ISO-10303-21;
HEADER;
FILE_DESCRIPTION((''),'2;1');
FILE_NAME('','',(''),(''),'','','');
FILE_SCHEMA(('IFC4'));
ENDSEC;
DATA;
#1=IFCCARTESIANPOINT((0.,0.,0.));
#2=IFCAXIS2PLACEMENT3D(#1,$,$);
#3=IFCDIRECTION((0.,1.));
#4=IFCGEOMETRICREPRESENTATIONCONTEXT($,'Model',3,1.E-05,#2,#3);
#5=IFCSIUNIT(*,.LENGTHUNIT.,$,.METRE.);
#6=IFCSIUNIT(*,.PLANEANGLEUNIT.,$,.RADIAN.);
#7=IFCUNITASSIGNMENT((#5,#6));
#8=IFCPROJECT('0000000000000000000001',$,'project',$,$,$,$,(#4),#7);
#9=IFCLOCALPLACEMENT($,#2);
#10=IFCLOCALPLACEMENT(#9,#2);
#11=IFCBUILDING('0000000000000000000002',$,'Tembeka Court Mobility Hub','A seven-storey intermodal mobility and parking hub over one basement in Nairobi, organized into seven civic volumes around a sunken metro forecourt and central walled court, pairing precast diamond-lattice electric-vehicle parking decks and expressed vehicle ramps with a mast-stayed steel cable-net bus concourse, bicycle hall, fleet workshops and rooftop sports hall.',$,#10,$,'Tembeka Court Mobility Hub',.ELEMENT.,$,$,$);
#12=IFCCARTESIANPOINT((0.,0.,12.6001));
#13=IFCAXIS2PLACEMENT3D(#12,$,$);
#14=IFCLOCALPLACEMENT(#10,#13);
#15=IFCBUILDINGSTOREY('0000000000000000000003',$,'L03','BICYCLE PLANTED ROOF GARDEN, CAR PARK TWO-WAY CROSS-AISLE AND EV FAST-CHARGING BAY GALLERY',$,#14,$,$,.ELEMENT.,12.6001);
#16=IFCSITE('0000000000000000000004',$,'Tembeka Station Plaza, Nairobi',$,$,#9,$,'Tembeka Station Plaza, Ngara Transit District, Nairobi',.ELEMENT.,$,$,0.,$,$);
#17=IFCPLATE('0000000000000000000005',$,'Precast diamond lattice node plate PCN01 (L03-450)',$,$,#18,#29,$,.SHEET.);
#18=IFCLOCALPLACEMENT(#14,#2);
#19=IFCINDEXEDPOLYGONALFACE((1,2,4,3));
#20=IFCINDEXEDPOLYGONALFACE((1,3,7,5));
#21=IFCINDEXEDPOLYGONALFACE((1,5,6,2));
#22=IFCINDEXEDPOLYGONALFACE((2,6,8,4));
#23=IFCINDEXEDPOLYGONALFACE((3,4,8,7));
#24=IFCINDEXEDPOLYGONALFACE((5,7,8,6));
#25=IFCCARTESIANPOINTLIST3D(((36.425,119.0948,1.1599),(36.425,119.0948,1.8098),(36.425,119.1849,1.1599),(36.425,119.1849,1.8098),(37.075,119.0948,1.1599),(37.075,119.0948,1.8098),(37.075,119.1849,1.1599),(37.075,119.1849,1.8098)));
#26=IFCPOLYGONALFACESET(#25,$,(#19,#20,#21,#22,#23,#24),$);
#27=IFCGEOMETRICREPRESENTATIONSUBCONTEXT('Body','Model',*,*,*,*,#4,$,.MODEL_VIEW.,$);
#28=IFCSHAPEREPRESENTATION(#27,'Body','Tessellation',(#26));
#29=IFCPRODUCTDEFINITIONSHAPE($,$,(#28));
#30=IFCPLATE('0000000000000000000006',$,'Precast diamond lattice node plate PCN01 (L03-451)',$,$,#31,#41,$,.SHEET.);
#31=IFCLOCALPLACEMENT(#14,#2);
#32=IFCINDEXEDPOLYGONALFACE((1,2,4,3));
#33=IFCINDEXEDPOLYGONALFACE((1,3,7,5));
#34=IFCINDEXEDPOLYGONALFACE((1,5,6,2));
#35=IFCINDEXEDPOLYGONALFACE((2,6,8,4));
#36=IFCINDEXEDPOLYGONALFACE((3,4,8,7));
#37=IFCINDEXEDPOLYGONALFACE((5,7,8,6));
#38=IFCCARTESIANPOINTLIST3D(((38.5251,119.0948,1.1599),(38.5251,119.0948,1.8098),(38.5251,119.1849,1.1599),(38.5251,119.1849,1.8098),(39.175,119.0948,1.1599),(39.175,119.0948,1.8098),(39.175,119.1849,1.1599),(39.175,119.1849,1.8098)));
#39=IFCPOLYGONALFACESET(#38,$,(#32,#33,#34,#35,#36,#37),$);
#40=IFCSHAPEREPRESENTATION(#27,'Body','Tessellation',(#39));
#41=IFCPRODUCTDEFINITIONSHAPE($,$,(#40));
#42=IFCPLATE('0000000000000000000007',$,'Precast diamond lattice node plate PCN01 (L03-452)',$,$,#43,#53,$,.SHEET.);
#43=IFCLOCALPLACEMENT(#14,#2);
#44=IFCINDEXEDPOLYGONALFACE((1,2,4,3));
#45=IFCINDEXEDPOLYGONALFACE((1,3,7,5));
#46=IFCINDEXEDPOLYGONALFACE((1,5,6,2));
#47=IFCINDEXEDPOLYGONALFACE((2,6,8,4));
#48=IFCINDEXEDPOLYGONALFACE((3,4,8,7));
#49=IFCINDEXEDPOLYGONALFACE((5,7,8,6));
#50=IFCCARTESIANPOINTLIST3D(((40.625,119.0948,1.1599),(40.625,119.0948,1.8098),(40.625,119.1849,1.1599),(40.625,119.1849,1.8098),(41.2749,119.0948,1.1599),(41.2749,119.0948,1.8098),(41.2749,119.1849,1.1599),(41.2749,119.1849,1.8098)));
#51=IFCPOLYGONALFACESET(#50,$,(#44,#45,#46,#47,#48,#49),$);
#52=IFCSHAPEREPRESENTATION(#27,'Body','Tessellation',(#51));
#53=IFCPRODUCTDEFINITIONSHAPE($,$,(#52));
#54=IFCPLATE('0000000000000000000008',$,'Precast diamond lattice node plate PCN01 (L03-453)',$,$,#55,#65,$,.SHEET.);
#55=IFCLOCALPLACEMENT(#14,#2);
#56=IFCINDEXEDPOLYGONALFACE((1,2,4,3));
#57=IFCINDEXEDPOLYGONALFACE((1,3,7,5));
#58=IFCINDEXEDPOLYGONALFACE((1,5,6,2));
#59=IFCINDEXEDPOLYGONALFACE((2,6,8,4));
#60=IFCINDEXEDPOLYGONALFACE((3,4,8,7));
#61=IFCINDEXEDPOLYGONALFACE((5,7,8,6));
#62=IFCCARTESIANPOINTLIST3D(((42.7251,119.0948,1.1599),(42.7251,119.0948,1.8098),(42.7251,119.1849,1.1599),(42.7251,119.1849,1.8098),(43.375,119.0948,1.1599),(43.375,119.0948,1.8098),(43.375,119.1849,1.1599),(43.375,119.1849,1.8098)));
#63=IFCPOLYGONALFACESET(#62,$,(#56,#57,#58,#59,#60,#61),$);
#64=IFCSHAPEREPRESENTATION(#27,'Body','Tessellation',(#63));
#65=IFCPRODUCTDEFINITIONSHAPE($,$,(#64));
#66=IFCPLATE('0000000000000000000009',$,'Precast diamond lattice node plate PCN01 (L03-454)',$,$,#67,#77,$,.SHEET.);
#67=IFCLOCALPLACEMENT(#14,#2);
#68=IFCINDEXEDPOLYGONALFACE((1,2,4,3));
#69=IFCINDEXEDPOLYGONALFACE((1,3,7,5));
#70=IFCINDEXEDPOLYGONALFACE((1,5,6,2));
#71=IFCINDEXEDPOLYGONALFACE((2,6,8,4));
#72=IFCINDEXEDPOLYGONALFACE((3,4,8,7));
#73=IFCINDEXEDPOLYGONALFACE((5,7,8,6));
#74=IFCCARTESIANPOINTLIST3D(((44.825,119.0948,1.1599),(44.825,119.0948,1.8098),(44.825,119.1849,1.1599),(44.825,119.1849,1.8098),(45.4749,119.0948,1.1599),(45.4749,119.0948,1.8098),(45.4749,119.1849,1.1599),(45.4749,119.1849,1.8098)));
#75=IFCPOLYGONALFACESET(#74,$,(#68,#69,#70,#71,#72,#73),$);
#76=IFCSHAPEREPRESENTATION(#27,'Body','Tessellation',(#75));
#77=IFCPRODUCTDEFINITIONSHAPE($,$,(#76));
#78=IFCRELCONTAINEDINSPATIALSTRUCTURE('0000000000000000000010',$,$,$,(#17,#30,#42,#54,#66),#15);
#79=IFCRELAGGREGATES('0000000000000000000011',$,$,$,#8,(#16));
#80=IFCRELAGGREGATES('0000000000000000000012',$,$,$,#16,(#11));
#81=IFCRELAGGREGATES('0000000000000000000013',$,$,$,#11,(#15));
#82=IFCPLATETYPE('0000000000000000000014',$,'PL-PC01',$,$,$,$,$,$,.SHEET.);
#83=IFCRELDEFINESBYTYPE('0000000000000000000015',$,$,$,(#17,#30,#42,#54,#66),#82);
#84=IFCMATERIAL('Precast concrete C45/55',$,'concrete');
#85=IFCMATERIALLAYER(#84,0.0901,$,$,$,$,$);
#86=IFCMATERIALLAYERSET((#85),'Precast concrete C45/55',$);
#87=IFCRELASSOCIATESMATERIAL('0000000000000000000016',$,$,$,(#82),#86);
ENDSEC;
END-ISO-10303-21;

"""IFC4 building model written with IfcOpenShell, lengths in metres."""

from ifc_helpers import new_model, si_unit, direction, frame, origin, origin_2d, place, context, subcontext, project, spatial, rectangle, extrude, material, layer, layer_set, type_object, element, save


model = new_model("IFC4")

# Units and contexts
model_context = context("Model", 3, precision=1e-05, world=origin(), true_north=direction((0.0, 1.0)))
body_context = subcontext(model_context, "Body", "Model", "MODEL_VIEW")
ifc_project = project(units=[si_unit("LENGTHUNIT", "METRE"), si_unit("PLANEANGLEUNIT", "RADIAN")], contexts=[model_context])

# Site, building, storey
site_placement = place(None, origin())
site = spatial("IfcSite", under=ifc_project, at=site_placement, Name="Tembeka Station Plaza, Nairobi", LongName="Tembeka Station Plaza, Ngara Transit District, Nairobi", CompositionType="ELEMENT", RefElevation=0.0)
building_placement = place(site_placement, origin())
building = spatial("IfcBuilding", under=site, at=building_placement, Name="Tembeka Court Mobility Hub", Description="A seven-storey intermodal mobility and parking hub over one basement in Nairobi, organized into seven civic volumes around a sunken metro forecourt and central walled court, pairing precast diamond-lattice electric-vehicle parking decks and expressed vehicle ramps with a mast-stayed steel cable-net bus concourse, bicycle hall, fleet workshops and rooftop sports hall.", LongName="Tembeka Court Mobility Hub", CompositionType="ELEMENT")
storey_placement = place(building_placement, frame((0.0, 0.0, 12.6001)))
storey = spatial("IfcBuildingStorey", under=building, at=storey_placement, Name="L03", Description="BICYCLE PLANTED ROOF GARDEN, CAR PARK TWO-WAY CROSS-AISLE AND EV FAST-CHARGING BAY GALLERY", CompositionType="ELEMENT", Elevation=12.6001)

# Shared definitions
ifc_material = material(Name="Precast concrete C45/55", Category="concrete")

# Plates
ifc_layer = layer(ifc_material, 0.0901)
ifc_layer_set = layer_set([ifc_layer], Name="Precast concrete C45/55")
plate_type = type_object("IfcPlateType", Name="PL-PC01", PredefinedType="SHEET", material=ifc_layer_set)
for number, where, z_axis, x_axis, name in (
    (1, (36.75, 119.1399, 1.1599), (0.0, 0.0, 1.0), (1.0, 0.0, 0.0), "Precast diamond lattice node plate PCN01 (L03-450)"),
    (2, (38.8501, 119.1399, 1.1599), (0.0, 0.0, 1.0), (1.0, 0.0, 0.0), "Precast diamond lattice node plate PCN01 (L03-451)"),
    (3, (40.95, 119.1399, 1.1599), (0.0, 0.0, 1.0), (1.0, 0.0, 0.0), "Precast diamond lattice node plate PCN01 (L03-452)"),
    (4, (43.05, 119.1399, 1.1599), (0.0, 0.0, 1.0), (1.0, 0.0, 0.0), "Precast diamond lattice node plate PCN01 (L03-453)"),
    (5, (45.1499, 119.1399, 1.1599), (0.0, 0.0, 1.0), (1.0, 0.0, 0.0), "Precast diamond lattice node plate PCN01 (L03-454)"),
):
    element("IfcPlate", number, at=place(storey_placement, frame(where, z_axis=z_axis, x_axis=x_axis)), inside=storey, type_object=plate_type, Name=name, PredefinedType="SHEET", context=body_context, shape_type="SweptSolid", body=[
        extrude(rectangle(XDim=0.6499, YDim=0.0901, at=origin_2d()), origin(), (0.0, 0.0, 1.0), 0.6499),
    ])

save(model, "model.ifc")
